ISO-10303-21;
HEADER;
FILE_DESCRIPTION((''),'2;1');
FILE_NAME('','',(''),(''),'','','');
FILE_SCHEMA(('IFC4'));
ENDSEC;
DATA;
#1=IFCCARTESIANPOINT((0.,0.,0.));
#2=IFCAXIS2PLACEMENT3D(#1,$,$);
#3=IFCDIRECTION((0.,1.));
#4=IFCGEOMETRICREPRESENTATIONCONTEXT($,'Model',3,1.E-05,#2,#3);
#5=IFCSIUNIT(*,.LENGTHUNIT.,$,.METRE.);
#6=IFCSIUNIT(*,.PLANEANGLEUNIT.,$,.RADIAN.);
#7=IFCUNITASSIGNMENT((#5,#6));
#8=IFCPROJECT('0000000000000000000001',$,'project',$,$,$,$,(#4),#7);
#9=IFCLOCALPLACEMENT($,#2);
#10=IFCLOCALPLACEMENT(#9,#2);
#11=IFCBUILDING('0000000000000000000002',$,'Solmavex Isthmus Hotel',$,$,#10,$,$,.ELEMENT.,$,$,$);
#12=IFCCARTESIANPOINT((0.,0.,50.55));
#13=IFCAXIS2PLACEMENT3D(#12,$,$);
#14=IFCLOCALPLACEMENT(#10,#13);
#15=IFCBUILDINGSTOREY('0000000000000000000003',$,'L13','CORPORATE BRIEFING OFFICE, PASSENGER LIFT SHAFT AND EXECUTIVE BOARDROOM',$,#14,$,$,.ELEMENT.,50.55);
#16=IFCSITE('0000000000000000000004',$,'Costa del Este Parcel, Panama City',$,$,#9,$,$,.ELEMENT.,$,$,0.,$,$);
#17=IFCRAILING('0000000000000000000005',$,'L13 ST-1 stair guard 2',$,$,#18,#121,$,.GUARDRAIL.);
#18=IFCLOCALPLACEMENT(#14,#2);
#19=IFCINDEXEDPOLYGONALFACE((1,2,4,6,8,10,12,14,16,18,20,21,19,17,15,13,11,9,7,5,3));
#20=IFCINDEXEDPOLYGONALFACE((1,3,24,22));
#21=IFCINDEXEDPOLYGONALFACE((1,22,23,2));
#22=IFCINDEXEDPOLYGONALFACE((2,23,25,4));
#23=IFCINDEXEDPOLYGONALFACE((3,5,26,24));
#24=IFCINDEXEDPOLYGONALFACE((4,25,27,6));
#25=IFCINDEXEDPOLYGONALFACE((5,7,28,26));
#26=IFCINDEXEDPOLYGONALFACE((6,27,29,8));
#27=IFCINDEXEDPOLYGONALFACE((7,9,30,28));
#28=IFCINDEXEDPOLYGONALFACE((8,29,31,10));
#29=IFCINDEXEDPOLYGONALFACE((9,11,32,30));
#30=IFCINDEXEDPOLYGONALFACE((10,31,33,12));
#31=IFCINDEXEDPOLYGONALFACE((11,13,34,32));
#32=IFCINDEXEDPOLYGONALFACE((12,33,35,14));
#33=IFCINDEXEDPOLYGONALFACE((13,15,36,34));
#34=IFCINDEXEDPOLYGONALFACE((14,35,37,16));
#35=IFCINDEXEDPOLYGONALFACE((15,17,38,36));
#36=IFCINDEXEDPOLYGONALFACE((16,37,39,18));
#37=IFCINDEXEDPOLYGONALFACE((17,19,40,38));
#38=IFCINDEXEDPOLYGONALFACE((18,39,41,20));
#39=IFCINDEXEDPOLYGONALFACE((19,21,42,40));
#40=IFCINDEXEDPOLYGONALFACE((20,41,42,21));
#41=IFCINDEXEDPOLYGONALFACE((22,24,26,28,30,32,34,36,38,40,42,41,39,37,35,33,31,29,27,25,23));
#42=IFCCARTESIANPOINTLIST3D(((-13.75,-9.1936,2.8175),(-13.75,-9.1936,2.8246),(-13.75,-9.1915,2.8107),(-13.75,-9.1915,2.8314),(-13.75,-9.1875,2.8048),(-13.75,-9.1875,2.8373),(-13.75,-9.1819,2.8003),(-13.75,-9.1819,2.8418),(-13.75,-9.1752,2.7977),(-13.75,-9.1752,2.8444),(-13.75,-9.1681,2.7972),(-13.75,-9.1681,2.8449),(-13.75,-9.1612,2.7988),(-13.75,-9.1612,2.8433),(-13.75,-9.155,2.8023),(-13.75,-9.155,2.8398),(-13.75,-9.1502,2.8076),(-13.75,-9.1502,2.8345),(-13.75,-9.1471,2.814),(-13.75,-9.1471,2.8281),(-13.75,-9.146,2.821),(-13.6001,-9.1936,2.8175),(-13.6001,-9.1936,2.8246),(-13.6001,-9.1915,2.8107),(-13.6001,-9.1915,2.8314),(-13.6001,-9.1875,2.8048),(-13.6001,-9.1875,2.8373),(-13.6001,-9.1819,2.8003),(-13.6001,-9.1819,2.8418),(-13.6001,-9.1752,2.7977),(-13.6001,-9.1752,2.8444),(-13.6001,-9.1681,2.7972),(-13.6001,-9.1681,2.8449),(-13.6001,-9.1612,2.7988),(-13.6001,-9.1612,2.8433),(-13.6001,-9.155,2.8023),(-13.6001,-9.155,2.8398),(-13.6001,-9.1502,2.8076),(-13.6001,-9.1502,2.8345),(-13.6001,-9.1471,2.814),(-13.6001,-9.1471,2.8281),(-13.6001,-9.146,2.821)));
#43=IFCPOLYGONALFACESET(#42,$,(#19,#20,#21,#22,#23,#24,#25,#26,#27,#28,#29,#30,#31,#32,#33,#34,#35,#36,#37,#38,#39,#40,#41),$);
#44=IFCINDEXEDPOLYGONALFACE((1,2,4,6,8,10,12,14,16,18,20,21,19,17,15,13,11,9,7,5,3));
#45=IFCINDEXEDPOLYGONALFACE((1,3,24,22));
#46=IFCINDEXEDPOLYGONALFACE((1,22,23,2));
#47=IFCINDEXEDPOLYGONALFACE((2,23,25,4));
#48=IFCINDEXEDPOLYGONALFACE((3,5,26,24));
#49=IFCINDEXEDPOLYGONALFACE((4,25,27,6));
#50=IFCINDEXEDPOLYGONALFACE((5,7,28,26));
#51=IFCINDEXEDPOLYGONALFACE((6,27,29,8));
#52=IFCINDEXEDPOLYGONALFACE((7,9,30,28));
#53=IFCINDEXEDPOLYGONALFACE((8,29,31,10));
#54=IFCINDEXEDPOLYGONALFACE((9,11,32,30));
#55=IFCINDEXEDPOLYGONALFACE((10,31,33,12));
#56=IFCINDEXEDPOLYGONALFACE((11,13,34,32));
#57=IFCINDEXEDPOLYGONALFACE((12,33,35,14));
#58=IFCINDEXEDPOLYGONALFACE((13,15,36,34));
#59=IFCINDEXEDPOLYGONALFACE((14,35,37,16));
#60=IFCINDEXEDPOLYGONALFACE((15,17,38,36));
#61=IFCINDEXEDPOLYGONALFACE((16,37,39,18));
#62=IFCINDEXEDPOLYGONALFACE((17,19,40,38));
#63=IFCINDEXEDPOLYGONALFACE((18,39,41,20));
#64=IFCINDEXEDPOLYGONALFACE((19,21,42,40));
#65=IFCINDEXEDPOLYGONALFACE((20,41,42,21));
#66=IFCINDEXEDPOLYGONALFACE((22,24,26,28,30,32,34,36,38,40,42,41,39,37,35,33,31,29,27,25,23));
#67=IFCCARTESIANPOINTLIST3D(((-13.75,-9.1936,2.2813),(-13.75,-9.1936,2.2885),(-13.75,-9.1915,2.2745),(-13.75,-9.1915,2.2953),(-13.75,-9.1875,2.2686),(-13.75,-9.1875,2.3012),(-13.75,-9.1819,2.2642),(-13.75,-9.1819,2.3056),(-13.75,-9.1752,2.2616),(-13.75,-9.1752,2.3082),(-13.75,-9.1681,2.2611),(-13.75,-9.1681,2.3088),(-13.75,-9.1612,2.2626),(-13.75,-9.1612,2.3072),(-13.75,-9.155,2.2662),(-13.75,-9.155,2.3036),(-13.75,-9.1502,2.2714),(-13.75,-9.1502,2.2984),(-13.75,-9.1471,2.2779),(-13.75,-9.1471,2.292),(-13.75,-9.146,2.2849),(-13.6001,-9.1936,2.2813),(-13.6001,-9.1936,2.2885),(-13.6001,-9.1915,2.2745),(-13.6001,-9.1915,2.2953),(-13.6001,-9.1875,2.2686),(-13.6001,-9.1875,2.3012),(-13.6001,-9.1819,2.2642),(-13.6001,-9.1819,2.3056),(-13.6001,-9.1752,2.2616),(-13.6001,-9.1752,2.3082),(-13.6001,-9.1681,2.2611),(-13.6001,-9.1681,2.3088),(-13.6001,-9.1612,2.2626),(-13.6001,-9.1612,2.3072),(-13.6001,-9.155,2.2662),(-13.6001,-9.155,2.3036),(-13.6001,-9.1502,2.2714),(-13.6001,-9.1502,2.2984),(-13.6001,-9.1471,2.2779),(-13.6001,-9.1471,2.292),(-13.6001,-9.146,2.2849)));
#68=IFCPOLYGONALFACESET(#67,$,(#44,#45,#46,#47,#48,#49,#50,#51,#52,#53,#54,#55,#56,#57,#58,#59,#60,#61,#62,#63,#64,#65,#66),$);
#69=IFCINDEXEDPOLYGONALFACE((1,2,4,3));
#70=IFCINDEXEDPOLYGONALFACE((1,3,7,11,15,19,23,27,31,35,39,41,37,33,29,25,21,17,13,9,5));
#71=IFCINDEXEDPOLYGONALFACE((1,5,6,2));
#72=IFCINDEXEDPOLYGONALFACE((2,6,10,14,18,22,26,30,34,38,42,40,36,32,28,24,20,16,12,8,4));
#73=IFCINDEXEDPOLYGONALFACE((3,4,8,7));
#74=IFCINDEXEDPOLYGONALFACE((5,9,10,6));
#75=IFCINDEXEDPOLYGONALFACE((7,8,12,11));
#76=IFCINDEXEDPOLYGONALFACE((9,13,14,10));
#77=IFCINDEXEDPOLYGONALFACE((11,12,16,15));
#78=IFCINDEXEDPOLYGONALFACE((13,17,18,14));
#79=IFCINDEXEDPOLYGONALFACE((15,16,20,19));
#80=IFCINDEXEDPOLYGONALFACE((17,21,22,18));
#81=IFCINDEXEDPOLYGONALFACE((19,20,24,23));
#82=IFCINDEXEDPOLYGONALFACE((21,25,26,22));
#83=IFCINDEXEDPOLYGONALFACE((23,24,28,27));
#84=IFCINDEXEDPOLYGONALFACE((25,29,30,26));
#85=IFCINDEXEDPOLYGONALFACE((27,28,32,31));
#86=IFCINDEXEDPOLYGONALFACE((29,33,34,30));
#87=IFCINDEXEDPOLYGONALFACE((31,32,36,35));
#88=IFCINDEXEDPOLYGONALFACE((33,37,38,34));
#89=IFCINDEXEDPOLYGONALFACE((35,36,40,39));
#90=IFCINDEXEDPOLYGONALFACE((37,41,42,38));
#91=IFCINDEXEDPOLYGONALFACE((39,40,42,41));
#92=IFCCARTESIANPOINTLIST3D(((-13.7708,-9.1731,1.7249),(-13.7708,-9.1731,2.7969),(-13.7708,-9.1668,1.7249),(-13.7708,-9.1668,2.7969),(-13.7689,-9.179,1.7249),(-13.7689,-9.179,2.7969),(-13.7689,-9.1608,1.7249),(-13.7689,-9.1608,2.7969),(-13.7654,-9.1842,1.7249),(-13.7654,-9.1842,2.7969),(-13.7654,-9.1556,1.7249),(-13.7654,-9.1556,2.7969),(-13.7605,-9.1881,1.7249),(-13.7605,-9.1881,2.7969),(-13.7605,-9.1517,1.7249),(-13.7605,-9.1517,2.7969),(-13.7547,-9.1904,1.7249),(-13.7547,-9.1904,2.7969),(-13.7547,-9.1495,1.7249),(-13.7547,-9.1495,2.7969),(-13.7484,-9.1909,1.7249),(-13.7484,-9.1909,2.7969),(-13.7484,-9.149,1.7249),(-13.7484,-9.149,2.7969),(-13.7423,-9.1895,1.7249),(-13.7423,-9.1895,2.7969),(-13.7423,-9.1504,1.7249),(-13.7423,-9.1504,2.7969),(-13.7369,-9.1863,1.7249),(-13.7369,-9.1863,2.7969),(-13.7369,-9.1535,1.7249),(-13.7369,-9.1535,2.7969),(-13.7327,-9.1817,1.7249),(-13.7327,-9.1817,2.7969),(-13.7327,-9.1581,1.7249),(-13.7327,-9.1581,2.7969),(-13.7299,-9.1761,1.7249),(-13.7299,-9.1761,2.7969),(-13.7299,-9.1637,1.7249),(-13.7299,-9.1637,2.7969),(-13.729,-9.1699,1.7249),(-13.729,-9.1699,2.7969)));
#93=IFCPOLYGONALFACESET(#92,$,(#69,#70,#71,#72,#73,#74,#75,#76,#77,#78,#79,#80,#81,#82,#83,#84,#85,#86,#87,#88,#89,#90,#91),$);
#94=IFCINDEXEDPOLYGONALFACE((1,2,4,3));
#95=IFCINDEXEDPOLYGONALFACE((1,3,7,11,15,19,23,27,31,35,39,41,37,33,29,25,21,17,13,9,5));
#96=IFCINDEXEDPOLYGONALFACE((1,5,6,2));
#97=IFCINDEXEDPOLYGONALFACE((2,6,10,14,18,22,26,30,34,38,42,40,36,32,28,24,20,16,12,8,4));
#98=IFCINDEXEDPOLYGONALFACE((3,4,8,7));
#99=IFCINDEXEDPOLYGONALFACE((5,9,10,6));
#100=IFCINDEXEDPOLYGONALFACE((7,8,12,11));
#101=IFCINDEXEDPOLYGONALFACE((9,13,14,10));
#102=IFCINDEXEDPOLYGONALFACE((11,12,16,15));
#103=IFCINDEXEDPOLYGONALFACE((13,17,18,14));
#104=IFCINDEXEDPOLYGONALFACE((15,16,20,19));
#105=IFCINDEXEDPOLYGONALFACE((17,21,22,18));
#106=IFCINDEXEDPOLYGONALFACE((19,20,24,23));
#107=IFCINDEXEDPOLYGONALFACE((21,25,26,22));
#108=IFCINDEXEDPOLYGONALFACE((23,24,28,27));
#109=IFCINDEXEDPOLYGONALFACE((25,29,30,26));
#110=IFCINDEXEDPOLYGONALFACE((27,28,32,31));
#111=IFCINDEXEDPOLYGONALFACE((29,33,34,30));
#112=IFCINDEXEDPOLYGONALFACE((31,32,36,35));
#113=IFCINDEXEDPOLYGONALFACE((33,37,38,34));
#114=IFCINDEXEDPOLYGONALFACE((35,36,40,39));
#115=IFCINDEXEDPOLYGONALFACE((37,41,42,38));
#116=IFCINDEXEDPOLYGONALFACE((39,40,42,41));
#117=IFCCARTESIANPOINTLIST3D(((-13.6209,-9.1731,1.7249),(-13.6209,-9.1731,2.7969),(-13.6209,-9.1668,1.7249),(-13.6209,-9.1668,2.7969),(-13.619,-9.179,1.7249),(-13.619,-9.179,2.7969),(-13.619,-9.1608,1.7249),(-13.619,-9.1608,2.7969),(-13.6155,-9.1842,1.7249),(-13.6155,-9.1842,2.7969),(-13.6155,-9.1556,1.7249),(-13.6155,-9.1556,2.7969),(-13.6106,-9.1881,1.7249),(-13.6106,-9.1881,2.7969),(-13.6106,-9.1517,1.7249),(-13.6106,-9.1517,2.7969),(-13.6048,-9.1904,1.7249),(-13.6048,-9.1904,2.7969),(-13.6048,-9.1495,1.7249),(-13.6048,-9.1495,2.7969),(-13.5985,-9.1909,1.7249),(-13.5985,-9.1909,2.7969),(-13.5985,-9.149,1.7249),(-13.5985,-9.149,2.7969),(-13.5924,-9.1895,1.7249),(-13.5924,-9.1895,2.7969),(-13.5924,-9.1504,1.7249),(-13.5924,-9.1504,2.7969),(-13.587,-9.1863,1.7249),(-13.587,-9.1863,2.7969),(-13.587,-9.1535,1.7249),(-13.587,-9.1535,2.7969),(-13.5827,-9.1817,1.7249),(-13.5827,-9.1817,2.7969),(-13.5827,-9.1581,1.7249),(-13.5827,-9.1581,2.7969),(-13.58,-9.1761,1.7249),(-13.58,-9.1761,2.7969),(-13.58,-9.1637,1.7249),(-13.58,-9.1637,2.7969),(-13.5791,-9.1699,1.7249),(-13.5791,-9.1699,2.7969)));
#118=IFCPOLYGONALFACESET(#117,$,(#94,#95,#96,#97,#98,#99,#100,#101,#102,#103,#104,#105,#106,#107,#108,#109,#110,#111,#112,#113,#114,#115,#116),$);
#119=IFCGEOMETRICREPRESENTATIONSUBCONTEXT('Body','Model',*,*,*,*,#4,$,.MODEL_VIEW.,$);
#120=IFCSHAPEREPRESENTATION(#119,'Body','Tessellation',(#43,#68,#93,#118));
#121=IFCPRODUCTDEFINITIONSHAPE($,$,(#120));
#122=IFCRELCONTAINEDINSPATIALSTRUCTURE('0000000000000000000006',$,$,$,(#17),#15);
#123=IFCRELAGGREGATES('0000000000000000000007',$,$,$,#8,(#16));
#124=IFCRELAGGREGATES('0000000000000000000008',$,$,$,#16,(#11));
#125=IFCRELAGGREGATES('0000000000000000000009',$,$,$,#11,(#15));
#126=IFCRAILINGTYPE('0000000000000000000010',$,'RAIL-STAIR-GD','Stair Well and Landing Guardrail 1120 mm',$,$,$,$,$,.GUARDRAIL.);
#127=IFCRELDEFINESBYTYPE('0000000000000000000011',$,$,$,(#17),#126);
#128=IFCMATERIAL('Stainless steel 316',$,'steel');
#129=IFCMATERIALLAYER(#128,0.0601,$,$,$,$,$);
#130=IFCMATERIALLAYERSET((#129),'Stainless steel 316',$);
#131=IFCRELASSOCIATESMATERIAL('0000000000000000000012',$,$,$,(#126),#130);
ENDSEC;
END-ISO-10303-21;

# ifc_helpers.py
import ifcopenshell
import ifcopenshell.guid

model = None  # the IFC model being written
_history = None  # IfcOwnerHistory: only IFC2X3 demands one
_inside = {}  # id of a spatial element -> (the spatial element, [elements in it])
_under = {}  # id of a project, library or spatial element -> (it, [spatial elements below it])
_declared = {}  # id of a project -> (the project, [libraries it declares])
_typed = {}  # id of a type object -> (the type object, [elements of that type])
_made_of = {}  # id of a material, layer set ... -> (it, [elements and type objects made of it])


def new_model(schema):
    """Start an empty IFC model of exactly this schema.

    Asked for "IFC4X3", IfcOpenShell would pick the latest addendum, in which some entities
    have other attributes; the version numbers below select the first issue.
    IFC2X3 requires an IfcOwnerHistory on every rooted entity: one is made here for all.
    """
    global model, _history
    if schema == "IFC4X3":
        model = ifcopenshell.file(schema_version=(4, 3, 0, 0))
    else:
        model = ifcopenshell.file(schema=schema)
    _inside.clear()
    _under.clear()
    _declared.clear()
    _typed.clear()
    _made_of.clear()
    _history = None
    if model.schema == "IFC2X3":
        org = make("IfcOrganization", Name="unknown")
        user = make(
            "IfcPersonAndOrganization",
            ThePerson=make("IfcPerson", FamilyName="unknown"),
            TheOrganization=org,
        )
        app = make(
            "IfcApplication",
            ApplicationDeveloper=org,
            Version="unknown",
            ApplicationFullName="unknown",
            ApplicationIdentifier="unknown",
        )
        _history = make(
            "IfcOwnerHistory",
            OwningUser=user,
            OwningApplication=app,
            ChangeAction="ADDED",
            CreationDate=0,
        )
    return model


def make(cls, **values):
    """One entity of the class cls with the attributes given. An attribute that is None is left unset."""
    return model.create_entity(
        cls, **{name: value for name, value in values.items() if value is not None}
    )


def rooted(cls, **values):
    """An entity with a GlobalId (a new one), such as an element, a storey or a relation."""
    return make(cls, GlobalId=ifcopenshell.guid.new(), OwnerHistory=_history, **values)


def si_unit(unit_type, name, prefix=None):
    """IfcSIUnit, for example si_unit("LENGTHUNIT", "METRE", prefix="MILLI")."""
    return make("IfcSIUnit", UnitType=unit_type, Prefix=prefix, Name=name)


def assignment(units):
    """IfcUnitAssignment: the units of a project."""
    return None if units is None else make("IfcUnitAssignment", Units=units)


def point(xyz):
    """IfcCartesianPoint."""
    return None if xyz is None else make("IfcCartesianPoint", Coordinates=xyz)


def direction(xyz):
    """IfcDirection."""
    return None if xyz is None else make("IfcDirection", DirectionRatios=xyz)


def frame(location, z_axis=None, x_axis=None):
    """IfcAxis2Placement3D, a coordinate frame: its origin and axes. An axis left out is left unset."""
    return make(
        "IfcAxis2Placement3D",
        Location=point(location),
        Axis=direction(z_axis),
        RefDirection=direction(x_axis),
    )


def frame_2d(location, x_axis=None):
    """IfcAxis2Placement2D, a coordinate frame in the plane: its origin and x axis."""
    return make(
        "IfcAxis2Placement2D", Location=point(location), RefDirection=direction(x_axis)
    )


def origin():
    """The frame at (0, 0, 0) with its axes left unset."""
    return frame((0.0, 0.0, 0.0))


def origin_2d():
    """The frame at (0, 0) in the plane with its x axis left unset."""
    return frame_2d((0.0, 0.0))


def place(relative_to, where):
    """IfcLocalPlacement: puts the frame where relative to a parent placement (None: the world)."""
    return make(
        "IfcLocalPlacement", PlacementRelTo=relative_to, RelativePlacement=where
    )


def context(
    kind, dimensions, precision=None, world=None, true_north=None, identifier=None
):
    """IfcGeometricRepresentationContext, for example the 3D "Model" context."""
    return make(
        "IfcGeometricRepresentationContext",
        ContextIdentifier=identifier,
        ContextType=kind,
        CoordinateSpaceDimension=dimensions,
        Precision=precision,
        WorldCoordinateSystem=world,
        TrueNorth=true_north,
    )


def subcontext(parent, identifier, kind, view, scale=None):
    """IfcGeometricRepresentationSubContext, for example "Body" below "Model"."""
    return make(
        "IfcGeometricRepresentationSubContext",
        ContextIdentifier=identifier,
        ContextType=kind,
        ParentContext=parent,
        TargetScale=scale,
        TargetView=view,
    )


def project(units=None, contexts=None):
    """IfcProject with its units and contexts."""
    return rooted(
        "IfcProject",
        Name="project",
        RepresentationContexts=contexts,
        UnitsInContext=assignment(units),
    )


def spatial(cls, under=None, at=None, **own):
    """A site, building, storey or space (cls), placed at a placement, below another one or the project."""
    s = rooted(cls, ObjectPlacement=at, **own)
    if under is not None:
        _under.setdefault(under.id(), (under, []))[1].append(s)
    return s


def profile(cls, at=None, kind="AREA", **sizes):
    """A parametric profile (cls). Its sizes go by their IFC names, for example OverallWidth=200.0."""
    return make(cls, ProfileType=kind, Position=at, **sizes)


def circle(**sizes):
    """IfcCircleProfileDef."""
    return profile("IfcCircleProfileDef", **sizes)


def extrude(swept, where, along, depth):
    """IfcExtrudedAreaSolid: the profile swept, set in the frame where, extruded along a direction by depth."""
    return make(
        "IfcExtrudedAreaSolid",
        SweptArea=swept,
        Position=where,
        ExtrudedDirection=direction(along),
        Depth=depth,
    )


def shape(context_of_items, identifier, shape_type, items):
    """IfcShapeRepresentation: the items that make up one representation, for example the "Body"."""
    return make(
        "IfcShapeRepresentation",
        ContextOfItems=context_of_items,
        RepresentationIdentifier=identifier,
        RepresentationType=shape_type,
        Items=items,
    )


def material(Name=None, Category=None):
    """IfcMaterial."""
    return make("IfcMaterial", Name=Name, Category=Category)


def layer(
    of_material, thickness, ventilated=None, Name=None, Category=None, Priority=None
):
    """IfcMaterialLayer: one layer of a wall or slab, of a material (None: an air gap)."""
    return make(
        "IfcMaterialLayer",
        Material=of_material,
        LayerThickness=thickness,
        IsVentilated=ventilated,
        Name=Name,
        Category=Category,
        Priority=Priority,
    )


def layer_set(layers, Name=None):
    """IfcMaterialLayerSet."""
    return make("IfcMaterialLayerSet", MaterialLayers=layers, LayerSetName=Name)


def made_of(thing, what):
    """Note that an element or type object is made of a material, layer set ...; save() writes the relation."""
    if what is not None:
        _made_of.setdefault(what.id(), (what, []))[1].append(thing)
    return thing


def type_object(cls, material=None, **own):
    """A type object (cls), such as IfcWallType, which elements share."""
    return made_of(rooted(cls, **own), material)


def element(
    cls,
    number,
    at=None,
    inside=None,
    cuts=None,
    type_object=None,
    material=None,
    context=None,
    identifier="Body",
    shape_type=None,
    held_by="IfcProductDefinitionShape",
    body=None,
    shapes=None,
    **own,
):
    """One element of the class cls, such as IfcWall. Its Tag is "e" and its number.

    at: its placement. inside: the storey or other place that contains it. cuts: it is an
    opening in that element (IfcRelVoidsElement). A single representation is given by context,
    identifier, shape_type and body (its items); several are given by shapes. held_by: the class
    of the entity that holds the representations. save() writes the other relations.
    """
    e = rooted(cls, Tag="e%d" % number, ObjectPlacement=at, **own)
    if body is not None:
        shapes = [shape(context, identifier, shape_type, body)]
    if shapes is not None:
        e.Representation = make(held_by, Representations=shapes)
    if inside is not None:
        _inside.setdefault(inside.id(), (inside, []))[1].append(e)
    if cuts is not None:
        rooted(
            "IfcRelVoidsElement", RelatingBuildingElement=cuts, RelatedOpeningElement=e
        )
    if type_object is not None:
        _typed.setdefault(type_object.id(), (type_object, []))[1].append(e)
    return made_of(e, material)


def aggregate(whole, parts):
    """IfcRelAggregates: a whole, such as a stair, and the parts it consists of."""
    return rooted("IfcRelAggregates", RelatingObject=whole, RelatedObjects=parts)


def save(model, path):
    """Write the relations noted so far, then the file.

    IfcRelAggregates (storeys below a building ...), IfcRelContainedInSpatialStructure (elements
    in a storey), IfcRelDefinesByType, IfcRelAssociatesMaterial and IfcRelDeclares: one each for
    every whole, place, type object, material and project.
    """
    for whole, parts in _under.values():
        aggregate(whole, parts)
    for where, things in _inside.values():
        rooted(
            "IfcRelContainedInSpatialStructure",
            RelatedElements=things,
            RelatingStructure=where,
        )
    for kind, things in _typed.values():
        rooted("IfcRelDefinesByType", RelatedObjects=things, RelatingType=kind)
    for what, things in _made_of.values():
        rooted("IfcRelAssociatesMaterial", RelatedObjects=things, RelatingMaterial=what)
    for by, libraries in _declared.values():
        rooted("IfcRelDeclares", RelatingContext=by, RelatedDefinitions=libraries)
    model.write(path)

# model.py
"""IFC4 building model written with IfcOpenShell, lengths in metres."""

from ifc_helpers import new_model, si_unit, direction, frame, origin, origin_2d, place, context, subcontext, project, spatial, circle, extrude, material, layer, layer_set, type_object, element, save


model = new_model("IFC4")

# Units and contexts
model_context = context("Model", 3, precision=1e-05, world=origin(), true_north=direction((0.0, 1.0)))
body_context = subcontext(model_context, "Body", "Model", "MODEL_VIEW")
ifc_project = project(units=[si_unit("LENGTHUNIT", "METRE"), si_unit("PLANEANGLEUNIT", "RADIAN")], contexts=[model_context])

# Site, building, storey
site_placement = place(None, origin())
site = spatial("IfcSite", under=ifc_project, at=site_placement, Name="Costa del Este Parcel, Panama City", CompositionType="ELEMENT", RefElevation=0.0)
building_placement = place(site_placement, origin())
building = spatial("IfcBuilding", under=site, at=building_placement, Name="Solmavex Isthmus Hotel", CompositionType="ELEMENT")
storey_placement = place(building_placement, frame((0.0, 0.0, 50.55)))
storey = spatial("IfcBuildingStorey", under=building, at=storey_placement, Name="L13", Description="CORPORATE BRIEFING OFFICE, PASSENGER LIFT SHAFT AND EXECUTIVE BOARDROOM", CompositionType="ELEMENT", Elevation=50.55)

# Shared definitions
ifc_material_1 = material(Name="Stainless steel 316", Category="steel")

# Railing
ifc_layer_1 = layer(ifc_material_1, 0.0601)
ifc_layer_set_1 = layer_set([ifc_layer_1], Name="Stainless steel 316")
railing_type = type_object("IfcRailingType", Name="RAIL-STAIR-GD", Description="Stair Well and Landing Guardrail 1120 mm", PredefinedType="GUARDRAIL", material=ifc_layer_set_1)
railing_1_placement = place(storey_placement, frame((-13.75, -9.1699, 1.7249)))
element("IfcRailing", 1, at=railing_1_placement, inside=storey, type_object=railing_type, Name="L13 ST-1 stair guard 2", PredefinedType="GUARDRAIL", context=body_context, shape_type="SweptSolid", body=[
    extrude(circle(Radius=0.0239, at=origin_2d()), frame((0.0, 0.0, 1.0962), z_axis=(1.0, 0.0, 0.0), x_axis=(0.0, 1.0, 0.0)), (0.0, 0.0, 1.0), 0.1499),
    extrude(circle(Radius=0.0239, at=origin_2d()), frame((0.0, 0.0, 0.5601), z_axis=(1.0, 0.0, 0.0), x_axis=(0.0, 1.0, 0.0)), (0.0, 0.0, 1.0), 0.1499),
    extrude(circle(Radius=0.021, at=origin_2d()), origin(), (0.0, 0.0, 1.0), 1.072),
    extrude(circle(Radius=0.021, at=origin_2d()), frame((0.1499, 0.0, 0.0)), (0.0, 0.0, 1.0), 1.072),
])

save(model, "model.ifc")
